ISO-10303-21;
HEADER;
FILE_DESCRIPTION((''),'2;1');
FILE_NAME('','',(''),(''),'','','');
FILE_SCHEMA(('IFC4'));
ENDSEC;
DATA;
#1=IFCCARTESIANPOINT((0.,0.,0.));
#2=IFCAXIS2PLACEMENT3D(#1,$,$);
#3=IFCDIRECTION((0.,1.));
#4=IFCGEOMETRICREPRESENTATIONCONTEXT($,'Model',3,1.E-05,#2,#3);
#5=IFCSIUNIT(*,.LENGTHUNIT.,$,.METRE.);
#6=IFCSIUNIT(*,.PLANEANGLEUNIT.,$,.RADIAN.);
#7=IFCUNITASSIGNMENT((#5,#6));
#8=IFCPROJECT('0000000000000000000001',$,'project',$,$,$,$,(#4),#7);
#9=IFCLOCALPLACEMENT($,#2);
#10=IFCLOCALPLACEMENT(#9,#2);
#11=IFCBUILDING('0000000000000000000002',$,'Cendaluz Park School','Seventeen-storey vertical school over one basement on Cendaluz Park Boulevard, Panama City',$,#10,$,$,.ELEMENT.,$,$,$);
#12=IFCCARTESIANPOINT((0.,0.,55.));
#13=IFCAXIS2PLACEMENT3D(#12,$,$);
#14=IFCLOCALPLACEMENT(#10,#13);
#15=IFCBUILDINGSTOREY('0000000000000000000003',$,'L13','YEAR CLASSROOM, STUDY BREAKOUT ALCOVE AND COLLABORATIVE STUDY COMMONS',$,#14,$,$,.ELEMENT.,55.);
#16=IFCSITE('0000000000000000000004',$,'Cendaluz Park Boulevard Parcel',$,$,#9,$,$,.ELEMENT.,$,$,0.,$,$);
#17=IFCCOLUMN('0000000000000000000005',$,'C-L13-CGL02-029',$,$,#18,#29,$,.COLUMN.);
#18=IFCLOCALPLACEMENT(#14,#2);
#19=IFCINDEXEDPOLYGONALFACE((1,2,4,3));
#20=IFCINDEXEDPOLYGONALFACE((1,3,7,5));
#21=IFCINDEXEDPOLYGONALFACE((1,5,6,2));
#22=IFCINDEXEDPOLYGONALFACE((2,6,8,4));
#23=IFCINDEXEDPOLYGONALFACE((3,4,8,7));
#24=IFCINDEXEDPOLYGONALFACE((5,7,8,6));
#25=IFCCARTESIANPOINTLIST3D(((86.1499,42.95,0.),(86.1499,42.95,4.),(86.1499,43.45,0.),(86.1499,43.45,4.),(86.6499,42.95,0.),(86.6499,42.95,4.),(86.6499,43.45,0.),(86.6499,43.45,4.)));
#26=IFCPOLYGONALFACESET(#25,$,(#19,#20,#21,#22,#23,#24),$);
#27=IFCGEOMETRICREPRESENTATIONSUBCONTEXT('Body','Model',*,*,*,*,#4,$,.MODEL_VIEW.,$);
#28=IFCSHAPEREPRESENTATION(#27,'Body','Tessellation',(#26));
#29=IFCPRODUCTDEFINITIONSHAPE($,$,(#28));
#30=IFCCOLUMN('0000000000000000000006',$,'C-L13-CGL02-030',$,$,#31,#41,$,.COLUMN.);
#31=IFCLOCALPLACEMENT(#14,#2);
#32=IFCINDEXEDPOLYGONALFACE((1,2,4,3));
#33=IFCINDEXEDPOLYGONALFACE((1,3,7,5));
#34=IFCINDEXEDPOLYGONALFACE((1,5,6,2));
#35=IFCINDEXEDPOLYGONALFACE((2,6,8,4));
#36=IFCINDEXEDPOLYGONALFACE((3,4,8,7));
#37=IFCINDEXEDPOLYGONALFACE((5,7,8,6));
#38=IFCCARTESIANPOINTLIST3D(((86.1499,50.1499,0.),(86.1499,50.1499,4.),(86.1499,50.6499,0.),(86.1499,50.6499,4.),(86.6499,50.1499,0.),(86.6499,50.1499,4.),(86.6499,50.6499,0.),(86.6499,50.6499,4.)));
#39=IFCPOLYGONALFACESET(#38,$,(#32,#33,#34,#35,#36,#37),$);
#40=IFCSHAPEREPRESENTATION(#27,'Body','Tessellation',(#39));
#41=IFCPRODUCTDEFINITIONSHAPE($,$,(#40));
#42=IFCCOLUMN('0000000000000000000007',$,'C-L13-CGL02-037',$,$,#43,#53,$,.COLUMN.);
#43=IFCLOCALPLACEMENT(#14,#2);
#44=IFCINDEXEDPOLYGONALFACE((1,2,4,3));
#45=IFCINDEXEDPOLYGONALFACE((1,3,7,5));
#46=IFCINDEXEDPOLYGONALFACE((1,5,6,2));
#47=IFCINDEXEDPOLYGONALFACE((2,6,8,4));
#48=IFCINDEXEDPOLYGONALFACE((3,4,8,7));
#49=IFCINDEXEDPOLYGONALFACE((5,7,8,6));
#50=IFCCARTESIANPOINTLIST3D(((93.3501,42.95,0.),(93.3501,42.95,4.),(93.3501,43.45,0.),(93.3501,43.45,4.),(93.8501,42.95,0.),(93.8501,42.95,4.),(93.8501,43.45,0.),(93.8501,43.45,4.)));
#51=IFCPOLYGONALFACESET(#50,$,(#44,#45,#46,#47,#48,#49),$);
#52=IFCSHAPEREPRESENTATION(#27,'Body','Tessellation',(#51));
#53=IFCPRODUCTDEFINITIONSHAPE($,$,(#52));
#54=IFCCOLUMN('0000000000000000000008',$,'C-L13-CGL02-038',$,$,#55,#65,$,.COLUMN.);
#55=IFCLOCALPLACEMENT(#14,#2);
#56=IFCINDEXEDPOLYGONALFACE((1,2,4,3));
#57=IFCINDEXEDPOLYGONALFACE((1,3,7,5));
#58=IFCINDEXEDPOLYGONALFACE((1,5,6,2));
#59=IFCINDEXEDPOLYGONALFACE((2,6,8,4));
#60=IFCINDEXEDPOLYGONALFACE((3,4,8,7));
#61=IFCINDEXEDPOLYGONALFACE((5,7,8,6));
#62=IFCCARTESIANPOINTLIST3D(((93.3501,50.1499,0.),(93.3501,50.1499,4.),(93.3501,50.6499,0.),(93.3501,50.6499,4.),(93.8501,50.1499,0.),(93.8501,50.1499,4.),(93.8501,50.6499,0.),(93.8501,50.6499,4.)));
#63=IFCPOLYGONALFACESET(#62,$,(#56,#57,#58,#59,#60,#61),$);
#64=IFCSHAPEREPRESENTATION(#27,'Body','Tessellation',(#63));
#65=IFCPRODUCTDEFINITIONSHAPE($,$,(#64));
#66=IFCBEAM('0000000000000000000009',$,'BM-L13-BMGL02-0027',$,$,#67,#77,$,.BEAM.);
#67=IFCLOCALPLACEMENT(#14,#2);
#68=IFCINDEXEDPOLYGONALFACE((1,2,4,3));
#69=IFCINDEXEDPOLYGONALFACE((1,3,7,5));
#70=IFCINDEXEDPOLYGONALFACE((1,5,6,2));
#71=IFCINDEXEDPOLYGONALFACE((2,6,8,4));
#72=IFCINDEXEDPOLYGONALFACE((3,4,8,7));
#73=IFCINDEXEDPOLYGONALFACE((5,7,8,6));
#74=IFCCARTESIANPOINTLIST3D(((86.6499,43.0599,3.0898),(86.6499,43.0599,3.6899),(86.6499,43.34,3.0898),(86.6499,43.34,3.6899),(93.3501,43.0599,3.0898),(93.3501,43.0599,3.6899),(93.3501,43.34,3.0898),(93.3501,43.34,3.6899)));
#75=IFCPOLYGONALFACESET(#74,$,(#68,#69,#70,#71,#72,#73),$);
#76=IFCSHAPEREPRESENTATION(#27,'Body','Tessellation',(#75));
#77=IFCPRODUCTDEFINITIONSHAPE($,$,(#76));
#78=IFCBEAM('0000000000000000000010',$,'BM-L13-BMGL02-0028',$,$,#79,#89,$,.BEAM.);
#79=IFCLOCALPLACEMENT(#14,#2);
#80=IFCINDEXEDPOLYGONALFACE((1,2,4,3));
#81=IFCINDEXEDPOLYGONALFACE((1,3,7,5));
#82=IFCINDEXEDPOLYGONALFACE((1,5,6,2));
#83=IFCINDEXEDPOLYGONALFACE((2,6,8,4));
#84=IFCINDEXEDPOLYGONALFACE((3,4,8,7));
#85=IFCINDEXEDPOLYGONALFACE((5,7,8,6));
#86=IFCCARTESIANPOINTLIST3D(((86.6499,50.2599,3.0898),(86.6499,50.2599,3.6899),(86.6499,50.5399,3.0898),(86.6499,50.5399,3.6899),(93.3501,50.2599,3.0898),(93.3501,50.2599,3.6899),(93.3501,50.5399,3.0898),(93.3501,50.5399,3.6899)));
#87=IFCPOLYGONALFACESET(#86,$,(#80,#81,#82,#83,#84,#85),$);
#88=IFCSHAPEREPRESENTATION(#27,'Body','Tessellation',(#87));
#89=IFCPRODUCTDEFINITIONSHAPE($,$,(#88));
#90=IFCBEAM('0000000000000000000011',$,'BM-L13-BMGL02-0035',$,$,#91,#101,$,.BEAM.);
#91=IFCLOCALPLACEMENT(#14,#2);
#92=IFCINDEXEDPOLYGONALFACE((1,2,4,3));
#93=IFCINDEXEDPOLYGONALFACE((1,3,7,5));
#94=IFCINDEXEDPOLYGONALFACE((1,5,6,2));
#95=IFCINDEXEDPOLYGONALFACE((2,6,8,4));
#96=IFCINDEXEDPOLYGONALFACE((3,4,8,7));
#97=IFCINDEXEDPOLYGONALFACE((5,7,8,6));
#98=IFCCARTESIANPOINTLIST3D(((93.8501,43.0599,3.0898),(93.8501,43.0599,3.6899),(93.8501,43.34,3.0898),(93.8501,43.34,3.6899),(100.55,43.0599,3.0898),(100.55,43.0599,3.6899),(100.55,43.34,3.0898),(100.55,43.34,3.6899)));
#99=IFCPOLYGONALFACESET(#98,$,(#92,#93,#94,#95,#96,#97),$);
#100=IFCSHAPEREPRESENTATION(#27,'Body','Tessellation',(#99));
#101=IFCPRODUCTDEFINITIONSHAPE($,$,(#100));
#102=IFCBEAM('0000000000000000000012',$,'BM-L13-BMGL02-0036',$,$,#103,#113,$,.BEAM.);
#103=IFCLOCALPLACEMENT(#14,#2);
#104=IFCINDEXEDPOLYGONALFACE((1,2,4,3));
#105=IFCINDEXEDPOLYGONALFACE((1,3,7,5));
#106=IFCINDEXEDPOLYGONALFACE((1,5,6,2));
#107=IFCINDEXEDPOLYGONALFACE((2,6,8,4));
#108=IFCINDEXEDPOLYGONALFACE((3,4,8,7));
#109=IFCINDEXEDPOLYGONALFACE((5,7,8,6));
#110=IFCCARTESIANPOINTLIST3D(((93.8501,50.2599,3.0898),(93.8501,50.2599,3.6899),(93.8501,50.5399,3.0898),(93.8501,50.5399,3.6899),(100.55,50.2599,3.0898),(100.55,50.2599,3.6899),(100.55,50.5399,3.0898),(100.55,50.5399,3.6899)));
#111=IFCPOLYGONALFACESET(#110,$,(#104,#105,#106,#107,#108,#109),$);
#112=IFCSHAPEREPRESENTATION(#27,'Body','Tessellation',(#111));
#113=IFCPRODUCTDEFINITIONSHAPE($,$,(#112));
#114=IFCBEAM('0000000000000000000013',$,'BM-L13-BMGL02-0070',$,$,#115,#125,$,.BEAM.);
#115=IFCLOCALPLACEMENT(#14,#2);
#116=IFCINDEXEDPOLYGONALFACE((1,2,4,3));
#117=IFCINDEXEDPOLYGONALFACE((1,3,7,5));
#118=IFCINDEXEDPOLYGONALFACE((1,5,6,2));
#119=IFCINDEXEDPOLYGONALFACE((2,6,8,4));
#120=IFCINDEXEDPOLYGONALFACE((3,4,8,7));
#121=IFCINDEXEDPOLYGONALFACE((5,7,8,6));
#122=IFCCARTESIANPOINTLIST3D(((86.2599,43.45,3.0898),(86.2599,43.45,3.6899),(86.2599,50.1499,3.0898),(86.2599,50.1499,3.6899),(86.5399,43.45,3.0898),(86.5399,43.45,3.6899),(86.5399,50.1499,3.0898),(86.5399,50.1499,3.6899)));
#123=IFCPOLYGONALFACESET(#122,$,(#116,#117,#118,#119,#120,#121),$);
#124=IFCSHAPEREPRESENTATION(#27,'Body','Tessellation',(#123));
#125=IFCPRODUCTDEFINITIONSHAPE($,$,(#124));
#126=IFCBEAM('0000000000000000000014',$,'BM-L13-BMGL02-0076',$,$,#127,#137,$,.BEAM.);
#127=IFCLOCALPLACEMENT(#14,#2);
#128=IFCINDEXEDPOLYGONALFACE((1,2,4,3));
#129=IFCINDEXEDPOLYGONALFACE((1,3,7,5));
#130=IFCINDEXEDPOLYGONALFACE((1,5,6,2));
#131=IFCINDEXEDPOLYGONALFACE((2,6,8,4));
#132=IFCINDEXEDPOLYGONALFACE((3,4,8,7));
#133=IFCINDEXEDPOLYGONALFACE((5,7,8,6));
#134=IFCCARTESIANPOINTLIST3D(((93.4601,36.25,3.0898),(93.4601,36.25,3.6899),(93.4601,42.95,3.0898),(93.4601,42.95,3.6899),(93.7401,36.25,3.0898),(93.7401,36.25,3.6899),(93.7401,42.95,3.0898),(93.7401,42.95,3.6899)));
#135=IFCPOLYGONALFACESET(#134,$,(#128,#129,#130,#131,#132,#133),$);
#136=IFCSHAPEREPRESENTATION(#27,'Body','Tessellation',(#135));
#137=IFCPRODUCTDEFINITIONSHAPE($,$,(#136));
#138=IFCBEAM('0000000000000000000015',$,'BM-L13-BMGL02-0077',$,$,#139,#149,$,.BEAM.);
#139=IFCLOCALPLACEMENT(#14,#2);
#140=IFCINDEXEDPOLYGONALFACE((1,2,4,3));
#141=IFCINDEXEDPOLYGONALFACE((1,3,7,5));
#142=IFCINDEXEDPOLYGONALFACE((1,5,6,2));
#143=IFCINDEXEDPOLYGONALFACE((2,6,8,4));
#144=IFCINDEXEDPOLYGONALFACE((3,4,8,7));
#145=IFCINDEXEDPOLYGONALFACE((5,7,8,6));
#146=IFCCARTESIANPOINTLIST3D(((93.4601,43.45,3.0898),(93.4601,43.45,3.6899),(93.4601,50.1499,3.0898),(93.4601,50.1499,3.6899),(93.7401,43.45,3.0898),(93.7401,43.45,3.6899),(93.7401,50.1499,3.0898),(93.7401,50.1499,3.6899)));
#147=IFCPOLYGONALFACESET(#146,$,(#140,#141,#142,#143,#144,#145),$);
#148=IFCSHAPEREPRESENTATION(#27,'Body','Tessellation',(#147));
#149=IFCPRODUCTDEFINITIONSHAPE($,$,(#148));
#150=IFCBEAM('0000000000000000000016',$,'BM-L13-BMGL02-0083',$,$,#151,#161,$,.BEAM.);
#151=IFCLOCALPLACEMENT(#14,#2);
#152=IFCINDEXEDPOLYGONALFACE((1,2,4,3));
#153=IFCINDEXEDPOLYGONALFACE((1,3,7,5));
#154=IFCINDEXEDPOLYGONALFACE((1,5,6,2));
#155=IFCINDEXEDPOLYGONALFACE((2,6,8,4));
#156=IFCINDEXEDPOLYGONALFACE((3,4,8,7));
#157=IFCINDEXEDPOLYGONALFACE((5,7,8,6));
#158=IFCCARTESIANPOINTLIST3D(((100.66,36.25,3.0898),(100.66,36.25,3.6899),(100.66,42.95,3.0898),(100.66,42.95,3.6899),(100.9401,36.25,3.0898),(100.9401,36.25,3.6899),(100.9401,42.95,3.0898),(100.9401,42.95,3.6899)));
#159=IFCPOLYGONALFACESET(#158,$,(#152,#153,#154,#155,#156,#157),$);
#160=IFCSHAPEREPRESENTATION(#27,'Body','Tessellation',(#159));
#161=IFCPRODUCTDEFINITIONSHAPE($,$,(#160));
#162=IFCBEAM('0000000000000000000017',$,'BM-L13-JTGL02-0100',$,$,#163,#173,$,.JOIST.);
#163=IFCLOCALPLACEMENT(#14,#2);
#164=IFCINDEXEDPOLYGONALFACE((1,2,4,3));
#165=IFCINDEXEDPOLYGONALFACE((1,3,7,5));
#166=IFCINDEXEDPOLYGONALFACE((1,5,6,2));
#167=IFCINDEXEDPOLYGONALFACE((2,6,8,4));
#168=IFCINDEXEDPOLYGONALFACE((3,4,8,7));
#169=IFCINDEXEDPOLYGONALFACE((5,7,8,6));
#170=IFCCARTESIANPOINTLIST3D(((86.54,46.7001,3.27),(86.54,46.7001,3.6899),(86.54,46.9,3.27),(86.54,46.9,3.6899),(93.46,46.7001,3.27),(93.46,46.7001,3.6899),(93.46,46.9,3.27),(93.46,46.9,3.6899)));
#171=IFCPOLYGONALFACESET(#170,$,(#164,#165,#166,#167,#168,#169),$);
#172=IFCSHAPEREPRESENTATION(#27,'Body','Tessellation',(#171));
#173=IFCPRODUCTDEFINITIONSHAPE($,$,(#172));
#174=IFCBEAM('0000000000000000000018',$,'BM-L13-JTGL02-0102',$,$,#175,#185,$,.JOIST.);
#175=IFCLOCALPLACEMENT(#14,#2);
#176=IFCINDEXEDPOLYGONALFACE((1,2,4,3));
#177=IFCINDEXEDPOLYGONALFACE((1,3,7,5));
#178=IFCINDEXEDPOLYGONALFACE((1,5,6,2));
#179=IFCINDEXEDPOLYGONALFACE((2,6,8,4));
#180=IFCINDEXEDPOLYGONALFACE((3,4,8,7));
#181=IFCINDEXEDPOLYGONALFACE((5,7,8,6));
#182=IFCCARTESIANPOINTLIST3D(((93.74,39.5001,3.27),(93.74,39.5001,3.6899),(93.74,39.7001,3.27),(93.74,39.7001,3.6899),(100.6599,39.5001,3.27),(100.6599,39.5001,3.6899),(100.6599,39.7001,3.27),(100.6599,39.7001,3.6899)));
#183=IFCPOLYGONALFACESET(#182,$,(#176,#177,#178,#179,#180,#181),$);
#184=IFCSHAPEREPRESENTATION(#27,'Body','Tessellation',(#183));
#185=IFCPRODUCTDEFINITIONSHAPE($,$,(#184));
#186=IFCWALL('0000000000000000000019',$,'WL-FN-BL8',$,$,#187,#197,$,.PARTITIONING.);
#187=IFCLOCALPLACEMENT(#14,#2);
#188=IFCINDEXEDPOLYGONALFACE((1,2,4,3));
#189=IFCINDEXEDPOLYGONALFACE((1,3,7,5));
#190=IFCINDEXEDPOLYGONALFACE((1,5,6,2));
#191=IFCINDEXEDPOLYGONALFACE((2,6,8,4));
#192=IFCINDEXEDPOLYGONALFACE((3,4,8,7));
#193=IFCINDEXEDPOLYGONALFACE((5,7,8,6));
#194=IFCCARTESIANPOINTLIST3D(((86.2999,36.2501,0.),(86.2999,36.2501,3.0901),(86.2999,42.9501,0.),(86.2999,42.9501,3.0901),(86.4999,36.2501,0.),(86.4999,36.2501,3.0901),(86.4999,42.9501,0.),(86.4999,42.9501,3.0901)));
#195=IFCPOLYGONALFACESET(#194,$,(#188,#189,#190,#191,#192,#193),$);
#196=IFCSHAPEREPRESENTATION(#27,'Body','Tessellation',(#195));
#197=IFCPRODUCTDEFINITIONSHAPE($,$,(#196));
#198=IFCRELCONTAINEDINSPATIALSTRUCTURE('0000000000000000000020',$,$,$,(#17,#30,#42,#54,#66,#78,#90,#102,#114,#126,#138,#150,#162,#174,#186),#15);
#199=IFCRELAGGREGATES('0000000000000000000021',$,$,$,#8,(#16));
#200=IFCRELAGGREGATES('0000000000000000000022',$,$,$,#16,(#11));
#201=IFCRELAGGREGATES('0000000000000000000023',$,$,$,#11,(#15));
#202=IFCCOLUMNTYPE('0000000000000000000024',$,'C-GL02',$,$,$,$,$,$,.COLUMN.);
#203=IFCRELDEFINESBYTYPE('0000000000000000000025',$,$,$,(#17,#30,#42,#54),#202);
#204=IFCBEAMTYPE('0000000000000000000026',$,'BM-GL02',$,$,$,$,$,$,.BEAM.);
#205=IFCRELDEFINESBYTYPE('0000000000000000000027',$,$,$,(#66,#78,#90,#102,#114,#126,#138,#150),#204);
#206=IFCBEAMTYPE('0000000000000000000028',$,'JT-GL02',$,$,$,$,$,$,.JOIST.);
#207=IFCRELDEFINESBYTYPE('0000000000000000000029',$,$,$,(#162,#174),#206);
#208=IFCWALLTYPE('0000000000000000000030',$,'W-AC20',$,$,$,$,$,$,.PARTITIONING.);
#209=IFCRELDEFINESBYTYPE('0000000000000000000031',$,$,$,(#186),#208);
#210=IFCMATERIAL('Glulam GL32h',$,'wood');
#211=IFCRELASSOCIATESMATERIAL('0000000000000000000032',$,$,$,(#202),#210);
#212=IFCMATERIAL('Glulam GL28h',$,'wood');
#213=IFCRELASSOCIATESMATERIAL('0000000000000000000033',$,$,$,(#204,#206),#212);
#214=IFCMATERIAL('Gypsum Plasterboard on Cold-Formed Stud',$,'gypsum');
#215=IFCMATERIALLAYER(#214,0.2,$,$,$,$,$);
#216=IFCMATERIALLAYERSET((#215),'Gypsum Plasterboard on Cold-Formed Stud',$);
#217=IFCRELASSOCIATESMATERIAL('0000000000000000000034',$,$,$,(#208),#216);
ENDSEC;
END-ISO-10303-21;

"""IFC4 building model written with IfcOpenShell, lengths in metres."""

from ifc_helpers import new_model, si_unit, direction, frame, frame_2d, origin, origin_2d, place, context, subcontext, project, spatial, rectangle, extrude, material, layer, layer_set, material_profile, profile_set, type_object, element, save


model = new_model("IFC4")

# Units and contexts
model_context = context("Model", 3, precision=1e-05, world=origin(), true_north=direction((0.0, 1.0)))
body_context = subcontext(model_context, "Body", "Model", "MODEL_VIEW")
ifc_project = project(units=[si_unit("LENGTHUNIT", "METRE"), si_unit("PLANEANGLEUNIT", "RADIAN")], contexts=[model_context])

# Site, building, storey
site_placement = place(None, origin())
site = spatial("IfcSite", under=ifc_project, at=site_placement, Name="Cendaluz Park Boulevard Parcel", CompositionType="ELEMENT", RefElevation=0.0)
building_placement = place(site_placement, origin())
building = spatial("IfcBuilding", under=site, at=building_placement, Name="Cendaluz Park School", Description="Seventeen-storey vertical school over one basement on Cendaluz Park Boulevard, Panama City", CompositionType="ELEMENT")
storey_placement = place(building_placement, frame((0.0, 0.0, 55.0)))
storey = spatial("IfcBuildingStorey", under=building, at=storey_placement, Name="L13", Description="YEAR CLASSROOM, STUDY BREAKOUT ALCOVE AND COLLABORATIVE STUDY COMMONS", CompositionType="ELEMENT", Elevation=55.0)

# Columns
ifc_material_1 = material(Name="Glulam GL32h", Category="wood")
ifc_material_profile_1 = material_profile(ifc_material_1, rectangle(XDim=0.5, YDim=0.5, at=origin_2d()), Name="GL32h 500x500", Category="wood")
ifc_profile_set_1 = profile_set([ifc_material_profile_1], Name="Glulam GL32h")
column_type = type_object("IfcColumnType", Name="C-GL02", PredefinedType="COLUMN", material=ifc_profile_set_1)
for number, where, z_axis, x_axis, name in (
    (1, (86.3999, 43.2, 0.0), (0.0, 0.0, 1.0), (1.0, 0.0, 0.0), "C-L13-CGL02-029"),
    (2, (86.3999, 50.3999, 0.0), (0.0, 0.0, 1.0), (1.0, 0.0, 0.0), "C-L13-CGL02-030"),
    (3, (93.6001, 43.2, 0.0), (0.0, 0.0, 1.0), (1.0, 0.0, 0.0), "C-L13-CGL02-037"),
    (4, (93.6001, 50.3999, 0.0), (0.0, 0.0, 1.0), (1.0, 0.0, 0.0), "C-L13-CGL02-038"),
):
    element("IfcColumn", number, at=place(storey_placement, frame(where, z_axis=z_axis, x_axis=x_axis)), inside=storey, type_object=column_type, Name=name, PredefinedType="COLUMN", context=body_context, shape_type="SweptSolid", body=[
        extrude(rectangle(XDim=0.5, YDim=0.5, at=origin_2d()), origin(), (0.0, 0.0, 1.0), 4.0),
    ])

# Beams
ifc_material_2 = material(Name="Glulam GL28h", Category="wood")
ifc_material_profile_2 = material_profile(ifc_material_2, rectangle(XDim=0.28, YDim=0.6001, at=origin_2d()), Name="GL28h 280x600", Category="wood")
ifc_profile_set_2 = profile_set([ifc_material_profile_2], Name="Glulam GL28h")
beam_type_1 = type_object("IfcBeamType", Name="BM-GL02", PredefinedType="BEAM", material=ifc_profile_set_2)
for number, where, z_axis, x_axis, name in (
    (5, (86.6499, 43.2, 3.3899), (1.0, 0.0, 0.0), (0.0, 1.0, 0.0), "BM-L13-BMGL02-0027"),
    (6, (86.6499, 50.3999, 3.3899), (1.0, 0.0, 0.0), (0.0, 1.0, 0.0), "BM-L13-BMGL02-0028"),
):
    element("IfcBeam", number, at=place(storey_placement, frame(where, z_axis=z_axis, x_axis=x_axis)), inside=storey, type_object=beam_type_1, Name=name, PredefinedType="BEAM", context=body_context, shape_type="SweptSolid", body=[
        extrude(rectangle(XDim=0.28, YDim=0.6001, at=origin_2d()), origin(), (0.0, 0.0, 1.0), 6.7002),
    ])
for number, where, z_axis, x_axis, name in (
    (7, (93.8501, 43.2, 3.3899), (1.0, 0.0, 0.0), (0.0, 1.0, 0.0), "BM-L13-BMGL02-0035"),
    (8, (93.8501, 50.3999, 3.3899), (1.0, 0.0, 0.0), (0.0, 1.0, 0.0), "BM-L13-BMGL02-0036"),
    (9, (86.3999, 43.45, 3.3899), (0.0, 1.0, 0.0), (-1.0, 0.0, 0.0), "BM-L13-BMGL02-0070"),
    (10, (93.6001, 36.25, 3.3899), (0.0, 1.0, 0.0), (-1.0, 0.0, 0.0), "BM-L13-BMGL02-0076"),
    (11, (93.6001, 43.45, 3.3899), (0.0, 1.0, 0.0), (-1.0, 0.0, 0.0), "BM-L13-BMGL02-0077"),
    (12, (100.8, 36.25, 3.3899), (0.0, 1.0, 0.0), (-1.0, 0.0, 0.0), "BM-L13-BMGL02-0083"),
):
    element("IfcBeam", number, at=place(storey_placement, frame(where, z_axis=z_axis, x_axis=x_axis)), inside=storey, type_object=beam_type_1, Name=name, PredefinedType="BEAM", context=body_context, shape_type="SweptSolid", body=[
        extrude(rectangle(XDim=0.28, YDim=0.6001, at=origin_2d()), origin(), (0.0, 0.0, 1.0), 6.7),
    ])
ifc_material_profile_3 = material_profile(ifc_material_2, rectangle(XDim=0.2, YDim=0.4199, at=origin_2d()), Name="GL28h 200x420", Category="wood")
ifc_profile_set_3 = profile_set([ifc_material_profile_3], Name="Glulam GL28h")
beam_type_2 = type_object("IfcBeamType", Name="JT-GL02", PredefinedType="JOIST", material=ifc_profile_set_3)
for number, where, z_axis, x_axis, name in (
    (13, (86.54, 46.8, 3.48), (1.0, 0.0, 0.0), (0.0, 1.0, 0.0), "BM-L13-JTGL02-0100"),
    (14, (93.74, 39.6001, 3.48), (1.0, 0.0, 0.0), (0.0, 1.0, 0.0), "BM-L13-JTGL02-0102"),
):
    element("IfcBeam", number, at=place(storey_placement, frame(where, z_axis=z_axis, x_axis=x_axis)), inside=storey, type_object=beam_type_2, Name=name, PredefinedType="JOIST", context=body_context, shape_type="SweptSolid", body=[
        extrude(rectangle(XDim=0.2, YDim=0.4199, at=origin_2d()), origin(), (0.0, 0.0, 1.0), 6.9199),
    ])

# Wall
ifc_material_3 = material(Name="Gypsum Plasterboard on Cold-Formed Stud", Category="gypsum")
ifc_layer_1 = layer(ifc_material_3, 0.2)
ifc_layer_set_1 = layer_set([ifc_layer_1], Name="Gypsum Plasterboard on Cold-Formed Stud")
wall_type_1 = type_object("IfcWallType", Name="W-AC20", PredefinedType="PARTITIONING", material=ifc_layer_set_1)
wall_1_placement = place(storey_placement, frame((86.3999, 36.25, 0.0), z_axis=(0.0, 0.0, 1.0), x_axis=(0.0, 1.0, 0.0)))
element("IfcWall", 15, at=wall_1_placement, inside=storey, type_object=wall_type_1, Name="WL-FN-BL8", PredefinedType="PARTITIONING", context=body_context, shape_type="SweptSolid", body=[
    extrude(rectangle(XDim=6.7, YDim=0.2, at=frame_2d((3.3501, 0.0))), origin(), (0.0, 0.0, 1.0), 3.0901),
])

save(model, "model.ifc")
